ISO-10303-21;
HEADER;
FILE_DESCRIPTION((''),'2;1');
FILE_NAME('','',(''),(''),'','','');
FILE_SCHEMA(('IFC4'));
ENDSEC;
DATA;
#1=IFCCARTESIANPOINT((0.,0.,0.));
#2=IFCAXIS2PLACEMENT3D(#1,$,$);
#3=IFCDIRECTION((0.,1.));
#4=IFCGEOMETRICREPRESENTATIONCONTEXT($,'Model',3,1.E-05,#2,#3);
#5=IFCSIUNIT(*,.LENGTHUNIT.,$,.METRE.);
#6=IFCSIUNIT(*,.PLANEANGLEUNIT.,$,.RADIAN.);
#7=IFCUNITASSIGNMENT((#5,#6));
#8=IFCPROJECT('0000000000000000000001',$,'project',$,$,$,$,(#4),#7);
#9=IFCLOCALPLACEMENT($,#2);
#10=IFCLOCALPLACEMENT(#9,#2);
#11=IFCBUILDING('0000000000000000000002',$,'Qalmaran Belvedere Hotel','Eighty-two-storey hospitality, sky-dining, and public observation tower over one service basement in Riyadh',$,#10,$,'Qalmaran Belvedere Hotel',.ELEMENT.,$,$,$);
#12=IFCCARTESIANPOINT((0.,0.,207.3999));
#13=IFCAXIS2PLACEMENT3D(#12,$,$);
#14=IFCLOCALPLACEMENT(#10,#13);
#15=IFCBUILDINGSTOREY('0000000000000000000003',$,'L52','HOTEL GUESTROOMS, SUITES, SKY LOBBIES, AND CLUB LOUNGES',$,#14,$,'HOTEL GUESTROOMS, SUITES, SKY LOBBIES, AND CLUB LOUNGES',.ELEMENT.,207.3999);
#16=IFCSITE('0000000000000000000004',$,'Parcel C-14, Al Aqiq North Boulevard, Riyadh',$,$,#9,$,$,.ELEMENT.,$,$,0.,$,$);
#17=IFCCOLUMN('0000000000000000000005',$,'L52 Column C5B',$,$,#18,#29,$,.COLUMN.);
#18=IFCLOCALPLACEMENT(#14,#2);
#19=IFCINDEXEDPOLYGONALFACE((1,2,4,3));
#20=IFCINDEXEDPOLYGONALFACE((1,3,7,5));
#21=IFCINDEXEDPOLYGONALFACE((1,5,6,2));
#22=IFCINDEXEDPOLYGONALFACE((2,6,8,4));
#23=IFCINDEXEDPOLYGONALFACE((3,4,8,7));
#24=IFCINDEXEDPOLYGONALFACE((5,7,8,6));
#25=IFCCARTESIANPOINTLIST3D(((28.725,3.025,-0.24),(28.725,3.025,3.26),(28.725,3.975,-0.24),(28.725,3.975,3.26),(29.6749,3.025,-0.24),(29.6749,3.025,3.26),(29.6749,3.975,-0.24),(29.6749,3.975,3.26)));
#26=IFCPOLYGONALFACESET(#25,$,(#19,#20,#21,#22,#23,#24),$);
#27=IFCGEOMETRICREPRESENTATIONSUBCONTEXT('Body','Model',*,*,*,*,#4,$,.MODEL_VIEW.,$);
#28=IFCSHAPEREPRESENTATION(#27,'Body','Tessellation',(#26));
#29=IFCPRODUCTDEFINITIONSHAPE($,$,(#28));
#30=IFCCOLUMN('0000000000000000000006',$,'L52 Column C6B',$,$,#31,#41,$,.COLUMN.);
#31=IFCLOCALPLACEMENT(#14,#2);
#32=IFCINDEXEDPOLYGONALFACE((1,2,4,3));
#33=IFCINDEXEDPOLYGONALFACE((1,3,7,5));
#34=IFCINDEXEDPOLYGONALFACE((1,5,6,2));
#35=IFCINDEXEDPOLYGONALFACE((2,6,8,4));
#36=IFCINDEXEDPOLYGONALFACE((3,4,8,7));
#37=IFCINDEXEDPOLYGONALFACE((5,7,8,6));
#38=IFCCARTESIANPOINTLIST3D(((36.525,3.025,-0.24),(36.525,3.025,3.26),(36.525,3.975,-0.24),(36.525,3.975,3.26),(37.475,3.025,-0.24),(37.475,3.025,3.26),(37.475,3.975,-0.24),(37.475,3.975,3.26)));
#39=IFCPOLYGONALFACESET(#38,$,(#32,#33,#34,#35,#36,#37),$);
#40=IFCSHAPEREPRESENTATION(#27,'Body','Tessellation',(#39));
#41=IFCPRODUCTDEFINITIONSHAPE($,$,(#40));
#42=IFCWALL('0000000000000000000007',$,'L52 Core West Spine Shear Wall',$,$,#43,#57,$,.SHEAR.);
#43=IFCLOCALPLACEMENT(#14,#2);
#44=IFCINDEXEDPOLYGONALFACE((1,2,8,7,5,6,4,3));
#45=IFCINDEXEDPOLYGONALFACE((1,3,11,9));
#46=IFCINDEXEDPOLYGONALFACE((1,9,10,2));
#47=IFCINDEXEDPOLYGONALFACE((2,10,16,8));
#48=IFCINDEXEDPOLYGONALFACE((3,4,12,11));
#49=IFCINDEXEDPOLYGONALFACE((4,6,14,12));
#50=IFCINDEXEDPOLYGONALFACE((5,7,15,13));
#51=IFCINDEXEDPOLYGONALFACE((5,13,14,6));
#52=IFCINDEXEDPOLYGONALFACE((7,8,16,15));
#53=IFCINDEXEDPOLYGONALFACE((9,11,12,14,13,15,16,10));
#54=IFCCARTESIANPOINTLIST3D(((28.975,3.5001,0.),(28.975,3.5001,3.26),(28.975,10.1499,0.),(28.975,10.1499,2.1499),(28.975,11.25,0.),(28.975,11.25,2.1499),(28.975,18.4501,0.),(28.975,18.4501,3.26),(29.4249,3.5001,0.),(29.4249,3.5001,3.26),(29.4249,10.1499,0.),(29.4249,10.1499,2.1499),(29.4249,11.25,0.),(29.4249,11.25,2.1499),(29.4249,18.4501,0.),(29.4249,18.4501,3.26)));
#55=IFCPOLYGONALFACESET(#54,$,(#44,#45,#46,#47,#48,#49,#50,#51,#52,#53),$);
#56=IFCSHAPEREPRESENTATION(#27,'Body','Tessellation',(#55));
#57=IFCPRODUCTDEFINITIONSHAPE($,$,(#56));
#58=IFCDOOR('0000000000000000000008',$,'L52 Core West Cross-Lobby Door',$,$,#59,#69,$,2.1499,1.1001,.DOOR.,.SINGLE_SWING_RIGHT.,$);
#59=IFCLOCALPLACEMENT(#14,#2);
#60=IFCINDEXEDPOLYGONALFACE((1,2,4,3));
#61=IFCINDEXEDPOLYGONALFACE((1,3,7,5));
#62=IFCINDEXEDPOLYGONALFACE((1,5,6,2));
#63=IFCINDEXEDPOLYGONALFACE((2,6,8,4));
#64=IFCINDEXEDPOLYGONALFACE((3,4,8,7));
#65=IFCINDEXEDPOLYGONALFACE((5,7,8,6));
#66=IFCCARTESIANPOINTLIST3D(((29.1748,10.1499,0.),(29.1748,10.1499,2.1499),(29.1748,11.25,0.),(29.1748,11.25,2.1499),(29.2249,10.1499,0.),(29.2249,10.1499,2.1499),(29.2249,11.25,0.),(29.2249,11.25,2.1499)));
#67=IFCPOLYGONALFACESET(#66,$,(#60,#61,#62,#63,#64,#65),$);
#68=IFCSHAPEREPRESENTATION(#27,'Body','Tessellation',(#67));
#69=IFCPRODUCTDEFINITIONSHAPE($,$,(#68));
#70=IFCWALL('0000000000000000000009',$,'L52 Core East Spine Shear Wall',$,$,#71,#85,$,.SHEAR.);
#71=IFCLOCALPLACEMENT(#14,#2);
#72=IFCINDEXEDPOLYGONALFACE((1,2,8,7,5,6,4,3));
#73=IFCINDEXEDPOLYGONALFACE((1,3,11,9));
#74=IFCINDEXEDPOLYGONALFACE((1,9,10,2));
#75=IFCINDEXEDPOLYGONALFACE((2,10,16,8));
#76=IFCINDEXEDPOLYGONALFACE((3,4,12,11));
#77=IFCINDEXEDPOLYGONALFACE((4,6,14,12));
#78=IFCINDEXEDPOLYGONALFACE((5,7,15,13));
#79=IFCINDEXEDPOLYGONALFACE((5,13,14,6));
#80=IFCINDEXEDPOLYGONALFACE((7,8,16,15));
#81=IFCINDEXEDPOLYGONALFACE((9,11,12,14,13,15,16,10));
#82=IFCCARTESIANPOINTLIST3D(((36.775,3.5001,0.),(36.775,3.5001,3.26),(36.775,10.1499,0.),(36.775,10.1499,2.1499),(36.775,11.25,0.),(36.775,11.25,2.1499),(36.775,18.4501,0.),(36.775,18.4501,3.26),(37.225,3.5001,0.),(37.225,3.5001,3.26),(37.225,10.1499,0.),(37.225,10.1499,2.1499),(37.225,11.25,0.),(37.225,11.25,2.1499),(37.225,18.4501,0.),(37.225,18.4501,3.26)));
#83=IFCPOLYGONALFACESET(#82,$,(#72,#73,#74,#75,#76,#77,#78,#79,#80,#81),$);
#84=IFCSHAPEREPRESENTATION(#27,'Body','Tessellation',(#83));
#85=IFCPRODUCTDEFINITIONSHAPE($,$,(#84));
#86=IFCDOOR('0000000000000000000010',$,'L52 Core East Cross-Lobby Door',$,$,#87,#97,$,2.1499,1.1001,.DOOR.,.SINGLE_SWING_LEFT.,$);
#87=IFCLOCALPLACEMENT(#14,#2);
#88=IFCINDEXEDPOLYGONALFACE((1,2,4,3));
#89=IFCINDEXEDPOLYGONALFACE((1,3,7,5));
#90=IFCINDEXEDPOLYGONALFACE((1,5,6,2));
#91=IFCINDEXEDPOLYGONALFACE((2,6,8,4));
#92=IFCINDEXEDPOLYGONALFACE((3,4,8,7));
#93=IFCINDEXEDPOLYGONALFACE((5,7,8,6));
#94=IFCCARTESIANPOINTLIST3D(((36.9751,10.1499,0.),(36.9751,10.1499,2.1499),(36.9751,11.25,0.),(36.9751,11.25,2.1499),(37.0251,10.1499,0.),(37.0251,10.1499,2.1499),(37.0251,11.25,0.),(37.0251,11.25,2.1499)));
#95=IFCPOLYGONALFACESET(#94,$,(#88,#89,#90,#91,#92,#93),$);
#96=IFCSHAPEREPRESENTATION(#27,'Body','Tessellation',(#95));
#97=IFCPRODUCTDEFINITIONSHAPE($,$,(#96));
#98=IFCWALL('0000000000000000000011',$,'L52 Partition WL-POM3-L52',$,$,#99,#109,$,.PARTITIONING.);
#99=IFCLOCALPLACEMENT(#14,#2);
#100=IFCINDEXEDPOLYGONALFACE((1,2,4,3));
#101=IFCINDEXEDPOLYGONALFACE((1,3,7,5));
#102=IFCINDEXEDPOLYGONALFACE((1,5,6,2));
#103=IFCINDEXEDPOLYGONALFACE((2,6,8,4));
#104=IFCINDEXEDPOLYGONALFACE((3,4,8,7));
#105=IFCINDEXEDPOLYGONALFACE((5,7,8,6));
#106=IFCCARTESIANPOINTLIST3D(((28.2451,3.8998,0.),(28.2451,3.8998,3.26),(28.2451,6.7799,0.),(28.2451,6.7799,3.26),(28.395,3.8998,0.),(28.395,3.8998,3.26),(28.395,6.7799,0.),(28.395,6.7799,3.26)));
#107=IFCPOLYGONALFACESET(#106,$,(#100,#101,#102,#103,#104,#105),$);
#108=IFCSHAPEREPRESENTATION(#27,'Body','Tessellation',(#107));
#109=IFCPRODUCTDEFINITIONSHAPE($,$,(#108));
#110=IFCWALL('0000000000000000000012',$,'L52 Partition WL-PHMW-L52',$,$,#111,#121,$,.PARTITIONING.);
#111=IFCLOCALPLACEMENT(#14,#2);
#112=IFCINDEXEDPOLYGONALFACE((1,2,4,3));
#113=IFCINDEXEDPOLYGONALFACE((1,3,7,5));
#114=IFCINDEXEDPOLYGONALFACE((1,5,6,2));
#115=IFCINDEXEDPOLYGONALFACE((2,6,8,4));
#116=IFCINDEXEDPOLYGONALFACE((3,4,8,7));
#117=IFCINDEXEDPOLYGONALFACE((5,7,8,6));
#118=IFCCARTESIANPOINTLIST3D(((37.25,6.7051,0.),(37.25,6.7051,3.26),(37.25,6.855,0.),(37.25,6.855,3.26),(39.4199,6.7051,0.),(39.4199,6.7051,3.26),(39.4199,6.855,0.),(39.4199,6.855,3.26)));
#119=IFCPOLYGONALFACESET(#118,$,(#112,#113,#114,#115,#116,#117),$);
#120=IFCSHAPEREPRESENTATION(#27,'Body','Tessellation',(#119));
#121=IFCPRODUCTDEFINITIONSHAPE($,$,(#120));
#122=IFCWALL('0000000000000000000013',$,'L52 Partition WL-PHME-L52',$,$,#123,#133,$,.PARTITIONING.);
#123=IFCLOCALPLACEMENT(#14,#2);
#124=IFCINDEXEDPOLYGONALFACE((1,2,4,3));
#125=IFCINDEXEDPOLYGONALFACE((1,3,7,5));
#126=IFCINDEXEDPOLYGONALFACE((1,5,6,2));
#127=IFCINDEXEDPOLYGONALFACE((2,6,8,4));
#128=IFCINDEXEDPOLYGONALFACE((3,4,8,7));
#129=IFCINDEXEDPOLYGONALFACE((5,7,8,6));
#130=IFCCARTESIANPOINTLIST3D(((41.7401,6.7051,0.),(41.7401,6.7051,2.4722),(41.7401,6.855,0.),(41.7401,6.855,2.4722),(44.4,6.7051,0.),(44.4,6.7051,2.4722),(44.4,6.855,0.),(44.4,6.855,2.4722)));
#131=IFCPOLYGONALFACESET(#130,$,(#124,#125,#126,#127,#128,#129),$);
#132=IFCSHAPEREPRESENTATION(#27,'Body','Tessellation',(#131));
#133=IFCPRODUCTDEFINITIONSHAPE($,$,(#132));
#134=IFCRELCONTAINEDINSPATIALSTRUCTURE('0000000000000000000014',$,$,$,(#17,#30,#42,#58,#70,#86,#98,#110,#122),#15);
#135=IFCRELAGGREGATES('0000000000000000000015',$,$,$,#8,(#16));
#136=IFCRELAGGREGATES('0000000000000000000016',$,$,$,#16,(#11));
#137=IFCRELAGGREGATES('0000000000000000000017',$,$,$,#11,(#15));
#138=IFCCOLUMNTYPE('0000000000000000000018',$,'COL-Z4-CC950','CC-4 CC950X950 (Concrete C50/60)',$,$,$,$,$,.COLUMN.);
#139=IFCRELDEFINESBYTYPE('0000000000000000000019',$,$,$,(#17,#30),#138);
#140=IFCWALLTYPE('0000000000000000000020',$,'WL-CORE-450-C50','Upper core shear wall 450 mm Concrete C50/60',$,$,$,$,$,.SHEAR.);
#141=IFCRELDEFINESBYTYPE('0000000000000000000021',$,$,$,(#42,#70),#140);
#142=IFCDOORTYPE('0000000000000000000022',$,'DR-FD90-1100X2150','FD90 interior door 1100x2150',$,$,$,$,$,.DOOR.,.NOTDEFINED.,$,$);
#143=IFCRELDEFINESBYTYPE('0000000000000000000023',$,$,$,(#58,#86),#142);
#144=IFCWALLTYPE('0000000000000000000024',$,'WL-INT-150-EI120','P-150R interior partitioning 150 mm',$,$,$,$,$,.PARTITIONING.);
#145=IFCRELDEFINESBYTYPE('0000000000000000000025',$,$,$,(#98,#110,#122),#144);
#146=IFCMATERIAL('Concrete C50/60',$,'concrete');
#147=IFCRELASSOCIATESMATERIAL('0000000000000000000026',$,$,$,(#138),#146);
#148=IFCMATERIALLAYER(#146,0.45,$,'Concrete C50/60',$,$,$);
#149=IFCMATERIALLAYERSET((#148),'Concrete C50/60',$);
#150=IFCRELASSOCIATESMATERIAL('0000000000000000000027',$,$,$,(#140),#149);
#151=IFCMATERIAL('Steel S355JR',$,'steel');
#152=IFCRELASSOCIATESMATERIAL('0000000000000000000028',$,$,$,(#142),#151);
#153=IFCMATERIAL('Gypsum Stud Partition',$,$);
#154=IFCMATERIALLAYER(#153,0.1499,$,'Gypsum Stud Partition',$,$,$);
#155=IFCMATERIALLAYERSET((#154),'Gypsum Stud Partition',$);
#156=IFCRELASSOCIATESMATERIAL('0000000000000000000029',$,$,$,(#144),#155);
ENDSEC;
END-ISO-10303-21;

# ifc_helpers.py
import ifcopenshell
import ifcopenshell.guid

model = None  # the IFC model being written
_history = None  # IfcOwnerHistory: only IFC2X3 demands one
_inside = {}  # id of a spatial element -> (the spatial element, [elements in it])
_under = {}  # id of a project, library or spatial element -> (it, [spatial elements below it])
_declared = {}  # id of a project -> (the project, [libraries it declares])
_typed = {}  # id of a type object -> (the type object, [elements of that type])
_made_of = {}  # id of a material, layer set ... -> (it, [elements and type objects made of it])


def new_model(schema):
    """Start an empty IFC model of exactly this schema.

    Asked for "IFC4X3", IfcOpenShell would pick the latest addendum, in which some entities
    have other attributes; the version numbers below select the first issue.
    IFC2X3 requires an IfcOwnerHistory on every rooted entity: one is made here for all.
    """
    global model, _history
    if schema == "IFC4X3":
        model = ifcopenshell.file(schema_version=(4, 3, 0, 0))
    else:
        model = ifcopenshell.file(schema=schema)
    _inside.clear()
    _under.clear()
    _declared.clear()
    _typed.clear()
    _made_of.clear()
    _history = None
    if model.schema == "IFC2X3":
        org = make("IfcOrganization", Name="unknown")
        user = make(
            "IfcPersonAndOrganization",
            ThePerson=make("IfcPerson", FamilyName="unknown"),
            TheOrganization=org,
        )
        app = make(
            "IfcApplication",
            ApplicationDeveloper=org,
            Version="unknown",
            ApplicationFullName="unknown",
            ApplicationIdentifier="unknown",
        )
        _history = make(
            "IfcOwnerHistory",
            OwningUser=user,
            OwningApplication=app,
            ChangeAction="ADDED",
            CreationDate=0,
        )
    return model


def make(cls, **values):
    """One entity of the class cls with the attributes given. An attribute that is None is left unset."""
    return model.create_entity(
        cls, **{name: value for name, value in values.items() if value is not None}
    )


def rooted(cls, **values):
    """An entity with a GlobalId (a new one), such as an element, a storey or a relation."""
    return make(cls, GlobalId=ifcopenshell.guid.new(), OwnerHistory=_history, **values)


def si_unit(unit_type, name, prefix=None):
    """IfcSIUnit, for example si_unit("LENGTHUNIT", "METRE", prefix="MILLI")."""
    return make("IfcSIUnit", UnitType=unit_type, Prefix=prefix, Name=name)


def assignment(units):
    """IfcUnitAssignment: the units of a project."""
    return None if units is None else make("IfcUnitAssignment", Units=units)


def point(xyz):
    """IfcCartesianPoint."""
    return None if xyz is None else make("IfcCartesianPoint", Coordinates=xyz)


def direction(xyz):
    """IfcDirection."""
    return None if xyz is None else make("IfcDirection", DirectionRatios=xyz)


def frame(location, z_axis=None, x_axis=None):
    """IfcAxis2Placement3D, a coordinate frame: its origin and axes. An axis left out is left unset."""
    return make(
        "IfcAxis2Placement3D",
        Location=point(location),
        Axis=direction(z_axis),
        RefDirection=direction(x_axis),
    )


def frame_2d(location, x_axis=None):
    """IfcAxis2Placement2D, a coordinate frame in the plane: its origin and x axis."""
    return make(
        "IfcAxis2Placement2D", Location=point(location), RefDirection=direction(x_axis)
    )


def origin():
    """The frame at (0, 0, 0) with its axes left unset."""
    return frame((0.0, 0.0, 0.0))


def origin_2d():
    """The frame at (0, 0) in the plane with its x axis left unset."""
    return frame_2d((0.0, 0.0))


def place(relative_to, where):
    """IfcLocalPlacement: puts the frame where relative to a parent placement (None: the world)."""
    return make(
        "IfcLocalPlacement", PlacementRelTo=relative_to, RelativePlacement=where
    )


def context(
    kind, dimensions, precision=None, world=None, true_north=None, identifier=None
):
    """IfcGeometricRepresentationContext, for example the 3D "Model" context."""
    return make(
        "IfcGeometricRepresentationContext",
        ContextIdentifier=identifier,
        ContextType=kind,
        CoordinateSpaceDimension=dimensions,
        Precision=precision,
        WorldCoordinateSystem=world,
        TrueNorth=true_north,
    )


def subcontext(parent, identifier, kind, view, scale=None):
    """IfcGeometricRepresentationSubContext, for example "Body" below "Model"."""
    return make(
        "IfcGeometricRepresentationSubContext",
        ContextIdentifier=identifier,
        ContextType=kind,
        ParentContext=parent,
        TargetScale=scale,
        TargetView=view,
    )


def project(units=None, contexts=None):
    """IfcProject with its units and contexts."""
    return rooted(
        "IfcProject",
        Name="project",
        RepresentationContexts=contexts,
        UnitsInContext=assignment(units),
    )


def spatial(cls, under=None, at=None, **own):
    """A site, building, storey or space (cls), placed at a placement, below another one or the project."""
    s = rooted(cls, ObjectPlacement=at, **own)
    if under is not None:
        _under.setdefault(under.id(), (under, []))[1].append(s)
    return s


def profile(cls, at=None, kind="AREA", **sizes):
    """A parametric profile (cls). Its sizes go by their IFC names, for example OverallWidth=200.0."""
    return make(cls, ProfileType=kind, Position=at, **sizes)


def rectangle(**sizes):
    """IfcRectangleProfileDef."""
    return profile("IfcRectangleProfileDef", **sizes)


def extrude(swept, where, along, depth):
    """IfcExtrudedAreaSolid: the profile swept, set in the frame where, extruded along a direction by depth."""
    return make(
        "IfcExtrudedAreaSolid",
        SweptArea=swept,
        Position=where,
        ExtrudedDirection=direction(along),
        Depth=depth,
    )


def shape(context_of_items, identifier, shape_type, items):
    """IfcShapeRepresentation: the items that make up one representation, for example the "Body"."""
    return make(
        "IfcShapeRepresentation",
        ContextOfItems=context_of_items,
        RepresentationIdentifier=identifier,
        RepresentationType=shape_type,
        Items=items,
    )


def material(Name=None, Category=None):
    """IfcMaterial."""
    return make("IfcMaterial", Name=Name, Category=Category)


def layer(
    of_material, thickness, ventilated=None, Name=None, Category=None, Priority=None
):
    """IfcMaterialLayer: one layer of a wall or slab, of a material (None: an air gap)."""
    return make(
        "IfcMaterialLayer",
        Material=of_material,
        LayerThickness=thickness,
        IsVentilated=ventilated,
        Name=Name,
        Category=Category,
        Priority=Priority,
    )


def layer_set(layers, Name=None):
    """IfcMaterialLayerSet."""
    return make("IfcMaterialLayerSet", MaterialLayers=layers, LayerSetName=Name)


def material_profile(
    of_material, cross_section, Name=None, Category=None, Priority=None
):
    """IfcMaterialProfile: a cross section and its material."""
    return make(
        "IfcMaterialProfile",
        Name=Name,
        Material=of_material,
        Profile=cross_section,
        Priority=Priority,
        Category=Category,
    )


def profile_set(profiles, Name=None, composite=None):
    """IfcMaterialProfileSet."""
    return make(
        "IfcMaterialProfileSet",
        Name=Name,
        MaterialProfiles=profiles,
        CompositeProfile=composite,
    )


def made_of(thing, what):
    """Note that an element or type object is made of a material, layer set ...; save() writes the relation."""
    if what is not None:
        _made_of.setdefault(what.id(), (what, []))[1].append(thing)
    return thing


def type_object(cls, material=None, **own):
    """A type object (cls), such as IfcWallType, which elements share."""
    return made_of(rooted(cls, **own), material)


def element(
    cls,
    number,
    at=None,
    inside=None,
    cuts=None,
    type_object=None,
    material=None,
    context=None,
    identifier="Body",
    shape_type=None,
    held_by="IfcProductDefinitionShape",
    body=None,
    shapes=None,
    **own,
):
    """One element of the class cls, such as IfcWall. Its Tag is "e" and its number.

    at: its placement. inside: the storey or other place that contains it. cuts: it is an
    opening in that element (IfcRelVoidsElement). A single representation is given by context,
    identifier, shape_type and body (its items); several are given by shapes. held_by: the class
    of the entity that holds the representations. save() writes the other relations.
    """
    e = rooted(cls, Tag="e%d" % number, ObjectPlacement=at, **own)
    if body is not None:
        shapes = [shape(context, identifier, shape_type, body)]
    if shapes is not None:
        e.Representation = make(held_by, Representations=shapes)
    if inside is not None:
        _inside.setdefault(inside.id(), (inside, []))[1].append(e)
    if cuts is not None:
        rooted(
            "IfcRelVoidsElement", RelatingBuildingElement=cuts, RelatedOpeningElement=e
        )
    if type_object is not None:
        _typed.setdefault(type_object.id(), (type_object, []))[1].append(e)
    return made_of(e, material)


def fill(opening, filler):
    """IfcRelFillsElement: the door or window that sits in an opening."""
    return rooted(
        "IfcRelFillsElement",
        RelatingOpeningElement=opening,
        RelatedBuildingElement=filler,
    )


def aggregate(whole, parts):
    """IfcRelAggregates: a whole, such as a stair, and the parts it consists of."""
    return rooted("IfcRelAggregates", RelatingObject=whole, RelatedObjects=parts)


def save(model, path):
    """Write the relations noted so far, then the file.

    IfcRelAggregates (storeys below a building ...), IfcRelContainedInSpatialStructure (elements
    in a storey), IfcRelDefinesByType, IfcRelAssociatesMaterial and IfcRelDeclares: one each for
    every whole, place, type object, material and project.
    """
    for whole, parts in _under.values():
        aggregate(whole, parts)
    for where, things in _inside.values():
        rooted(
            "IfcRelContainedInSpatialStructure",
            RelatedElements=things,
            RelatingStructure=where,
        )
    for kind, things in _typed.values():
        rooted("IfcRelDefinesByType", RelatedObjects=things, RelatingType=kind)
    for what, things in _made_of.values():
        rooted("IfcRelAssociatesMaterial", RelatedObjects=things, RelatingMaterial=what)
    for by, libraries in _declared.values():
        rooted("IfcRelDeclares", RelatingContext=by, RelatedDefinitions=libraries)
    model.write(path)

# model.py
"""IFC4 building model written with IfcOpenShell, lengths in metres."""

from ifc_helpers import new_model, si_unit, direction, frame, frame_2d, origin, origin_2d, place, context, subcontext, project, spatial, rectangle, extrude, material, layer, layer_set, material_profile, profile_set, type_object, element, fill, save


model = new_model("IFC4")

# Units and contexts
model_context = context("Model", 3, precision=1e-05, world=origin(), true_north=direction((0.0, 1.0)))
body_context = subcontext(model_context, "Body", "Model", "MODEL_VIEW")
ifc_project = project(units=[si_unit("LENGTHUNIT", "METRE"), si_unit("PLANEANGLEUNIT", "RADIAN")], contexts=[model_context])

# Site, building, storey
site_placement = place(None, origin())
site = spatial("IfcSite", under=ifc_project, at=site_placement, Name="Parcel C-14, Al Aqiq North Boulevard, Riyadh", CompositionType="ELEMENT", RefElevation=0.0)
building_placement = place(site_placement, origin())
building = spatial("IfcBuilding", under=site, at=building_placement, Name="Qalmaran Belvedere Hotel", Description="Eighty-two-storey hospitality, sky-dining, and public observation tower over one service basement in Riyadh", LongName="Qalmaran Belvedere Hotel", CompositionType="ELEMENT")
storey_placement = place(building_placement, frame((0.0, 0.0, 207.3999)))
storey = spatial("IfcBuildingStorey", under=building, at=storey_placement, Name="L52", Description="HOTEL GUESTROOMS, SUITES, SKY LOBBIES, AND CLUB LOUNGES", LongName="HOTEL GUESTROOMS, SUITES, SKY LOBBIES, AND CLUB LOUNGES", CompositionType="ELEMENT", Elevation=207.3999)

# Columns
ifc_material_1 = material(Name="Concrete C50/60", Category="concrete")
ifc_material_profile = material_profile(ifc_material_1, rectangle(XDim=0.95, YDim=0.95, at=origin_2d()), Name="CC950X950")
ifc_profile_set = profile_set([ifc_material_profile], Name="Concrete C50/60")
column_type = type_object("IfcColumnType", Name="COL-Z4-CC950", Description="CC-4 CC950X950 (Concrete C50/60)", PredefinedType="COLUMN", material=ifc_profile_set)
for number, where, z_axis, x_axis, name in (
    (1, (29.2, 3.5, -0.24), (0.0, 0.0, 1.0), (1.0, 0.0, 0.0), "L52 Column C5B"),
    (2, (37.0, 3.5, -0.24), (0.0, 0.0, 1.0), (1.0, 0.0, 0.0), "L52 Column C6B"),
):
    element("IfcColumn", number, at=place(storey_placement, frame(where, z_axis=z_axis, x_axis=x_axis)), inside=storey, type_object=column_type, Name=name, PredefinedType="COLUMN", context=body_context, shape_type="SweptSolid", body=[
        extrude(rectangle(XDim=0.95, YDim=0.95, at=origin_2d()), origin(), (0.0, 0.0, 1.0), 3.5),
    ])

# Walls, openings, doors
ifc_layer_1 = layer(ifc_material_1, 0.45, Name="Concrete C50/60")
ifc_layer_set_1 = layer_set([ifc_layer_1], Name="Concrete C50/60")
wall_type_1 = type_object("IfcWallType", Name="WL-CORE-450-C50", Description="Upper core shear wall 450 mm Concrete C50/60", PredefinedType="SHEAR", material=ifc_layer_set_1)
wall_1_placement = place(storey_placement, frame((29.2, 3.5, 0.0), z_axis=(0.0, 0.0, 1.0), x_axis=(0.0, 1.0, 0.0)))
wall_1 = element("IfcWall", 3, at=wall_1_placement, inside=storey, type_object=wall_type_1, Name="L52 Core West Spine Shear Wall", PredefinedType="SHEAR", context=body_context, shape_type="SweptSolid", body=[
    extrude(rectangle(XDim=14.95, YDim=0.45, at=frame_2d((7.4751, 0.0))), origin(), (0.0, 0.0, 1.0), 3.26),
])
opening_1_placement = place(wall_1_placement, frame((7.75, 0.0, 0.0), z_axis=(0.0, 0.0, 1.0), x_axis=(-1.0, 0.0, 0.0)))
opening_1 = element("IfcOpeningElement", 4, at=opening_1_placement, cuts=wall_1, PredefinedType="OPENING", context=body_context, shape_type="SweptSolid", body=[
    extrude(rectangle(XDim=1.1001, YDim=2.1499, at=frame_2d((0.55, 1.075))), frame((0.0, 0.2349, 0.0), z_axis=(0.0, -1.0, 0.0), x_axis=(1.0, 0.0, 0.0)), (0.0, 0.0, 1.0), 0.47),
])
ifc_material_2 = material(Name="Steel S355JR", Category="steel")
door_type_1 = type_object("IfcDoorType", Name="DR-FD90-1100X2150", Description="FD90 interior door 1100x2150", OperationType="NOTDEFINED", PredefinedType="DOOR", material=ifc_material_2)
door_1_placement = place(opening_1_placement, origin())
door_1 = element("IfcDoor", 5, at=door_1_placement, inside=storey, type_object=door_type_1, Name="L52 Core West Cross-Lobby Door", OperationType="SINGLE_SWING_RIGHT", OverallHeight=2.1499, OverallWidth=1.1001, PredefinedType="DOOR", context=body_context, shape_type="SweptSolid", body=[
    extrude(rectangle(XDim=1.1001, YDim=2.1499, at=frame_2d((0.55, 1.075))), frame((0.0, 0.0249, 0.0), z_axis=(0.0, -1.0, 0.0), x_axis=(1.0, 0.0, 0.0)), (0.0, 0.0, 1.0), 0.05),
])
fill(opening_1, door_1)
wall_2_placement = place(storey_placement, frame((37.0, 3.5, 0.0), z_axis=(0.0, 0.0, 1.0), x_axis=(0.0, 1.0, 0.0)))
wall_2 = element("IfcWall", 6, at=wall_2_placement, inside=storey, type_object=wall_type_1, Name="L52 Core East Spine Shear Wall", PredefinedType="SHEAR", context=body_context, shape_type="SweptSolid", body=[
    extrude(rectangle(XDim=14.95, YDim=0.45, at=frame_2d((7.4751, 0.0))), origin(), (0.0, 0.0, 1.0), 3.26),
])
opening_2_placement = place(wall_2_placement, frame((6.6499, 0.0, 0.0)))
opening_2 = element("IfcOpeningElement", 7, at=opening_2_placement, cuts=wall_2, PredefinedType="OPENING", context=body_context, shape_type="SweptSolid", body=[
    extrude(rectangle(XDim=1.1001, YDim=2.1499, at=frame_2d((0.55, 1.075))), frame((0.0, 0.2349, 0.0), z_axis=(0.0, -1.0, 0.0), x_axis=(1.0, 0.0, 0.0)), (0.0, 0.0, 1.0), 0.47),
])
door_2_placement = place(opening_2_placement, origin())
door_2 = element("IfcDoor", 8, at=door_2_placement, inside=storey, type_object=door_type_1, Name="L52 Core East Cross-Lobby Door", OperationType="SINGLE_SWING_LEFT", OverallHeight=2.1499, OverallWidth=1.1001, PredefinedType="DOOR", context=body_context, shape_type="SweptSolid", body=[
    extrude(rectangle(XDim=1.1001, YDim=2.1499, at=frame_2d((0.55, 1.075))), frame((0.0, 0.0249, 0.0), z_axis=(0.0, -1.0, 0.0), x_axis=(1.0, 0.0, 0.0)), (0.0, 0.0, 1.0), 0.05),
])
fill(opening_2, door_2)

# Walls
ifc_material_3 = material(Name="Gypsum Stud Partition")
ifc_layer_2 = layer(ifc_material_3, 0.1499, Name="Gypsum Stud Partition")
ifc_layer_set_2 = layer_set([ifc_layer_2], Name="Gypsum Stud Partition")
wall_type_2 = type_object("IfcWallType", Name="WL-INT-150-EI120", Description="P-150R interior partitioning 150 mm", PredefinedType="PARTITIONING", material=ifc_layer_set_2)
wall_3_placement = place(storey_placement, frame((28.3201, 3.8999, 0.0), z_axis=(0.0, 0.0, 1.0), x_axis=(0.0, 1.0, 0.0)))
element("IfcWall", 9, at=wall_3_placement, inside=storey, type_object=wall_type_2, Name="L52 Partition WL-POM3-L52", PredefinedType="PARTITIONING", context=body_context, shape_type="SweptSolid", body=[
    extrude(rectangle(XDim=2.8801, YDim=0.1499, at=frame_2d((1.4399, 0.0))), origin(), (0.0, 0.0, 1.0), 3.26),
])
wall_4_placement = place(storey_placement, frame((37.25, 6.78, 0.0), z_axis=(0.0, 0.0, 1.0), x_axis=(1.0, 0.0, 0.0)))
element("IfcWall", 10, at=wall_4_placement, inside=storey, type_object=wall_type_2, Name="L52 Partition WL-PHMW-L52", PredefinedType="PARTITIONING", context=body_context, shape_type="SweptSolid", body=[
    extrude(rectangle(XDim=2.1699, YDim=0.1499, at=frame_2d((1.085, 0.0))), origin(), (0.0, 0.0, 1.0), 3.26),
])
wall_5_placement = place(storey_placement, frame((41.74, 6.78, 0.0), z_axis=(0.0, 0.0, 1.0), x_axis=(1.0, 0.0, 0.0)))
element("IfcWall", 11, at=wall_5_placement, inside=storey, type_object=wall_type_2, Name="L52 Partition WL-PHME-L52", PredefinedType="PARTITIONING", context=body_context, shape_type="SweptSolid", body=[
    extrude(rectangle(XDim=2.6599, YDim=0.1499, at=frame_2d((1.3301, 0.0))), origin(), (0.0, 0.0, 1.0), 2.4722),
])

save(model, "model.ifc")
